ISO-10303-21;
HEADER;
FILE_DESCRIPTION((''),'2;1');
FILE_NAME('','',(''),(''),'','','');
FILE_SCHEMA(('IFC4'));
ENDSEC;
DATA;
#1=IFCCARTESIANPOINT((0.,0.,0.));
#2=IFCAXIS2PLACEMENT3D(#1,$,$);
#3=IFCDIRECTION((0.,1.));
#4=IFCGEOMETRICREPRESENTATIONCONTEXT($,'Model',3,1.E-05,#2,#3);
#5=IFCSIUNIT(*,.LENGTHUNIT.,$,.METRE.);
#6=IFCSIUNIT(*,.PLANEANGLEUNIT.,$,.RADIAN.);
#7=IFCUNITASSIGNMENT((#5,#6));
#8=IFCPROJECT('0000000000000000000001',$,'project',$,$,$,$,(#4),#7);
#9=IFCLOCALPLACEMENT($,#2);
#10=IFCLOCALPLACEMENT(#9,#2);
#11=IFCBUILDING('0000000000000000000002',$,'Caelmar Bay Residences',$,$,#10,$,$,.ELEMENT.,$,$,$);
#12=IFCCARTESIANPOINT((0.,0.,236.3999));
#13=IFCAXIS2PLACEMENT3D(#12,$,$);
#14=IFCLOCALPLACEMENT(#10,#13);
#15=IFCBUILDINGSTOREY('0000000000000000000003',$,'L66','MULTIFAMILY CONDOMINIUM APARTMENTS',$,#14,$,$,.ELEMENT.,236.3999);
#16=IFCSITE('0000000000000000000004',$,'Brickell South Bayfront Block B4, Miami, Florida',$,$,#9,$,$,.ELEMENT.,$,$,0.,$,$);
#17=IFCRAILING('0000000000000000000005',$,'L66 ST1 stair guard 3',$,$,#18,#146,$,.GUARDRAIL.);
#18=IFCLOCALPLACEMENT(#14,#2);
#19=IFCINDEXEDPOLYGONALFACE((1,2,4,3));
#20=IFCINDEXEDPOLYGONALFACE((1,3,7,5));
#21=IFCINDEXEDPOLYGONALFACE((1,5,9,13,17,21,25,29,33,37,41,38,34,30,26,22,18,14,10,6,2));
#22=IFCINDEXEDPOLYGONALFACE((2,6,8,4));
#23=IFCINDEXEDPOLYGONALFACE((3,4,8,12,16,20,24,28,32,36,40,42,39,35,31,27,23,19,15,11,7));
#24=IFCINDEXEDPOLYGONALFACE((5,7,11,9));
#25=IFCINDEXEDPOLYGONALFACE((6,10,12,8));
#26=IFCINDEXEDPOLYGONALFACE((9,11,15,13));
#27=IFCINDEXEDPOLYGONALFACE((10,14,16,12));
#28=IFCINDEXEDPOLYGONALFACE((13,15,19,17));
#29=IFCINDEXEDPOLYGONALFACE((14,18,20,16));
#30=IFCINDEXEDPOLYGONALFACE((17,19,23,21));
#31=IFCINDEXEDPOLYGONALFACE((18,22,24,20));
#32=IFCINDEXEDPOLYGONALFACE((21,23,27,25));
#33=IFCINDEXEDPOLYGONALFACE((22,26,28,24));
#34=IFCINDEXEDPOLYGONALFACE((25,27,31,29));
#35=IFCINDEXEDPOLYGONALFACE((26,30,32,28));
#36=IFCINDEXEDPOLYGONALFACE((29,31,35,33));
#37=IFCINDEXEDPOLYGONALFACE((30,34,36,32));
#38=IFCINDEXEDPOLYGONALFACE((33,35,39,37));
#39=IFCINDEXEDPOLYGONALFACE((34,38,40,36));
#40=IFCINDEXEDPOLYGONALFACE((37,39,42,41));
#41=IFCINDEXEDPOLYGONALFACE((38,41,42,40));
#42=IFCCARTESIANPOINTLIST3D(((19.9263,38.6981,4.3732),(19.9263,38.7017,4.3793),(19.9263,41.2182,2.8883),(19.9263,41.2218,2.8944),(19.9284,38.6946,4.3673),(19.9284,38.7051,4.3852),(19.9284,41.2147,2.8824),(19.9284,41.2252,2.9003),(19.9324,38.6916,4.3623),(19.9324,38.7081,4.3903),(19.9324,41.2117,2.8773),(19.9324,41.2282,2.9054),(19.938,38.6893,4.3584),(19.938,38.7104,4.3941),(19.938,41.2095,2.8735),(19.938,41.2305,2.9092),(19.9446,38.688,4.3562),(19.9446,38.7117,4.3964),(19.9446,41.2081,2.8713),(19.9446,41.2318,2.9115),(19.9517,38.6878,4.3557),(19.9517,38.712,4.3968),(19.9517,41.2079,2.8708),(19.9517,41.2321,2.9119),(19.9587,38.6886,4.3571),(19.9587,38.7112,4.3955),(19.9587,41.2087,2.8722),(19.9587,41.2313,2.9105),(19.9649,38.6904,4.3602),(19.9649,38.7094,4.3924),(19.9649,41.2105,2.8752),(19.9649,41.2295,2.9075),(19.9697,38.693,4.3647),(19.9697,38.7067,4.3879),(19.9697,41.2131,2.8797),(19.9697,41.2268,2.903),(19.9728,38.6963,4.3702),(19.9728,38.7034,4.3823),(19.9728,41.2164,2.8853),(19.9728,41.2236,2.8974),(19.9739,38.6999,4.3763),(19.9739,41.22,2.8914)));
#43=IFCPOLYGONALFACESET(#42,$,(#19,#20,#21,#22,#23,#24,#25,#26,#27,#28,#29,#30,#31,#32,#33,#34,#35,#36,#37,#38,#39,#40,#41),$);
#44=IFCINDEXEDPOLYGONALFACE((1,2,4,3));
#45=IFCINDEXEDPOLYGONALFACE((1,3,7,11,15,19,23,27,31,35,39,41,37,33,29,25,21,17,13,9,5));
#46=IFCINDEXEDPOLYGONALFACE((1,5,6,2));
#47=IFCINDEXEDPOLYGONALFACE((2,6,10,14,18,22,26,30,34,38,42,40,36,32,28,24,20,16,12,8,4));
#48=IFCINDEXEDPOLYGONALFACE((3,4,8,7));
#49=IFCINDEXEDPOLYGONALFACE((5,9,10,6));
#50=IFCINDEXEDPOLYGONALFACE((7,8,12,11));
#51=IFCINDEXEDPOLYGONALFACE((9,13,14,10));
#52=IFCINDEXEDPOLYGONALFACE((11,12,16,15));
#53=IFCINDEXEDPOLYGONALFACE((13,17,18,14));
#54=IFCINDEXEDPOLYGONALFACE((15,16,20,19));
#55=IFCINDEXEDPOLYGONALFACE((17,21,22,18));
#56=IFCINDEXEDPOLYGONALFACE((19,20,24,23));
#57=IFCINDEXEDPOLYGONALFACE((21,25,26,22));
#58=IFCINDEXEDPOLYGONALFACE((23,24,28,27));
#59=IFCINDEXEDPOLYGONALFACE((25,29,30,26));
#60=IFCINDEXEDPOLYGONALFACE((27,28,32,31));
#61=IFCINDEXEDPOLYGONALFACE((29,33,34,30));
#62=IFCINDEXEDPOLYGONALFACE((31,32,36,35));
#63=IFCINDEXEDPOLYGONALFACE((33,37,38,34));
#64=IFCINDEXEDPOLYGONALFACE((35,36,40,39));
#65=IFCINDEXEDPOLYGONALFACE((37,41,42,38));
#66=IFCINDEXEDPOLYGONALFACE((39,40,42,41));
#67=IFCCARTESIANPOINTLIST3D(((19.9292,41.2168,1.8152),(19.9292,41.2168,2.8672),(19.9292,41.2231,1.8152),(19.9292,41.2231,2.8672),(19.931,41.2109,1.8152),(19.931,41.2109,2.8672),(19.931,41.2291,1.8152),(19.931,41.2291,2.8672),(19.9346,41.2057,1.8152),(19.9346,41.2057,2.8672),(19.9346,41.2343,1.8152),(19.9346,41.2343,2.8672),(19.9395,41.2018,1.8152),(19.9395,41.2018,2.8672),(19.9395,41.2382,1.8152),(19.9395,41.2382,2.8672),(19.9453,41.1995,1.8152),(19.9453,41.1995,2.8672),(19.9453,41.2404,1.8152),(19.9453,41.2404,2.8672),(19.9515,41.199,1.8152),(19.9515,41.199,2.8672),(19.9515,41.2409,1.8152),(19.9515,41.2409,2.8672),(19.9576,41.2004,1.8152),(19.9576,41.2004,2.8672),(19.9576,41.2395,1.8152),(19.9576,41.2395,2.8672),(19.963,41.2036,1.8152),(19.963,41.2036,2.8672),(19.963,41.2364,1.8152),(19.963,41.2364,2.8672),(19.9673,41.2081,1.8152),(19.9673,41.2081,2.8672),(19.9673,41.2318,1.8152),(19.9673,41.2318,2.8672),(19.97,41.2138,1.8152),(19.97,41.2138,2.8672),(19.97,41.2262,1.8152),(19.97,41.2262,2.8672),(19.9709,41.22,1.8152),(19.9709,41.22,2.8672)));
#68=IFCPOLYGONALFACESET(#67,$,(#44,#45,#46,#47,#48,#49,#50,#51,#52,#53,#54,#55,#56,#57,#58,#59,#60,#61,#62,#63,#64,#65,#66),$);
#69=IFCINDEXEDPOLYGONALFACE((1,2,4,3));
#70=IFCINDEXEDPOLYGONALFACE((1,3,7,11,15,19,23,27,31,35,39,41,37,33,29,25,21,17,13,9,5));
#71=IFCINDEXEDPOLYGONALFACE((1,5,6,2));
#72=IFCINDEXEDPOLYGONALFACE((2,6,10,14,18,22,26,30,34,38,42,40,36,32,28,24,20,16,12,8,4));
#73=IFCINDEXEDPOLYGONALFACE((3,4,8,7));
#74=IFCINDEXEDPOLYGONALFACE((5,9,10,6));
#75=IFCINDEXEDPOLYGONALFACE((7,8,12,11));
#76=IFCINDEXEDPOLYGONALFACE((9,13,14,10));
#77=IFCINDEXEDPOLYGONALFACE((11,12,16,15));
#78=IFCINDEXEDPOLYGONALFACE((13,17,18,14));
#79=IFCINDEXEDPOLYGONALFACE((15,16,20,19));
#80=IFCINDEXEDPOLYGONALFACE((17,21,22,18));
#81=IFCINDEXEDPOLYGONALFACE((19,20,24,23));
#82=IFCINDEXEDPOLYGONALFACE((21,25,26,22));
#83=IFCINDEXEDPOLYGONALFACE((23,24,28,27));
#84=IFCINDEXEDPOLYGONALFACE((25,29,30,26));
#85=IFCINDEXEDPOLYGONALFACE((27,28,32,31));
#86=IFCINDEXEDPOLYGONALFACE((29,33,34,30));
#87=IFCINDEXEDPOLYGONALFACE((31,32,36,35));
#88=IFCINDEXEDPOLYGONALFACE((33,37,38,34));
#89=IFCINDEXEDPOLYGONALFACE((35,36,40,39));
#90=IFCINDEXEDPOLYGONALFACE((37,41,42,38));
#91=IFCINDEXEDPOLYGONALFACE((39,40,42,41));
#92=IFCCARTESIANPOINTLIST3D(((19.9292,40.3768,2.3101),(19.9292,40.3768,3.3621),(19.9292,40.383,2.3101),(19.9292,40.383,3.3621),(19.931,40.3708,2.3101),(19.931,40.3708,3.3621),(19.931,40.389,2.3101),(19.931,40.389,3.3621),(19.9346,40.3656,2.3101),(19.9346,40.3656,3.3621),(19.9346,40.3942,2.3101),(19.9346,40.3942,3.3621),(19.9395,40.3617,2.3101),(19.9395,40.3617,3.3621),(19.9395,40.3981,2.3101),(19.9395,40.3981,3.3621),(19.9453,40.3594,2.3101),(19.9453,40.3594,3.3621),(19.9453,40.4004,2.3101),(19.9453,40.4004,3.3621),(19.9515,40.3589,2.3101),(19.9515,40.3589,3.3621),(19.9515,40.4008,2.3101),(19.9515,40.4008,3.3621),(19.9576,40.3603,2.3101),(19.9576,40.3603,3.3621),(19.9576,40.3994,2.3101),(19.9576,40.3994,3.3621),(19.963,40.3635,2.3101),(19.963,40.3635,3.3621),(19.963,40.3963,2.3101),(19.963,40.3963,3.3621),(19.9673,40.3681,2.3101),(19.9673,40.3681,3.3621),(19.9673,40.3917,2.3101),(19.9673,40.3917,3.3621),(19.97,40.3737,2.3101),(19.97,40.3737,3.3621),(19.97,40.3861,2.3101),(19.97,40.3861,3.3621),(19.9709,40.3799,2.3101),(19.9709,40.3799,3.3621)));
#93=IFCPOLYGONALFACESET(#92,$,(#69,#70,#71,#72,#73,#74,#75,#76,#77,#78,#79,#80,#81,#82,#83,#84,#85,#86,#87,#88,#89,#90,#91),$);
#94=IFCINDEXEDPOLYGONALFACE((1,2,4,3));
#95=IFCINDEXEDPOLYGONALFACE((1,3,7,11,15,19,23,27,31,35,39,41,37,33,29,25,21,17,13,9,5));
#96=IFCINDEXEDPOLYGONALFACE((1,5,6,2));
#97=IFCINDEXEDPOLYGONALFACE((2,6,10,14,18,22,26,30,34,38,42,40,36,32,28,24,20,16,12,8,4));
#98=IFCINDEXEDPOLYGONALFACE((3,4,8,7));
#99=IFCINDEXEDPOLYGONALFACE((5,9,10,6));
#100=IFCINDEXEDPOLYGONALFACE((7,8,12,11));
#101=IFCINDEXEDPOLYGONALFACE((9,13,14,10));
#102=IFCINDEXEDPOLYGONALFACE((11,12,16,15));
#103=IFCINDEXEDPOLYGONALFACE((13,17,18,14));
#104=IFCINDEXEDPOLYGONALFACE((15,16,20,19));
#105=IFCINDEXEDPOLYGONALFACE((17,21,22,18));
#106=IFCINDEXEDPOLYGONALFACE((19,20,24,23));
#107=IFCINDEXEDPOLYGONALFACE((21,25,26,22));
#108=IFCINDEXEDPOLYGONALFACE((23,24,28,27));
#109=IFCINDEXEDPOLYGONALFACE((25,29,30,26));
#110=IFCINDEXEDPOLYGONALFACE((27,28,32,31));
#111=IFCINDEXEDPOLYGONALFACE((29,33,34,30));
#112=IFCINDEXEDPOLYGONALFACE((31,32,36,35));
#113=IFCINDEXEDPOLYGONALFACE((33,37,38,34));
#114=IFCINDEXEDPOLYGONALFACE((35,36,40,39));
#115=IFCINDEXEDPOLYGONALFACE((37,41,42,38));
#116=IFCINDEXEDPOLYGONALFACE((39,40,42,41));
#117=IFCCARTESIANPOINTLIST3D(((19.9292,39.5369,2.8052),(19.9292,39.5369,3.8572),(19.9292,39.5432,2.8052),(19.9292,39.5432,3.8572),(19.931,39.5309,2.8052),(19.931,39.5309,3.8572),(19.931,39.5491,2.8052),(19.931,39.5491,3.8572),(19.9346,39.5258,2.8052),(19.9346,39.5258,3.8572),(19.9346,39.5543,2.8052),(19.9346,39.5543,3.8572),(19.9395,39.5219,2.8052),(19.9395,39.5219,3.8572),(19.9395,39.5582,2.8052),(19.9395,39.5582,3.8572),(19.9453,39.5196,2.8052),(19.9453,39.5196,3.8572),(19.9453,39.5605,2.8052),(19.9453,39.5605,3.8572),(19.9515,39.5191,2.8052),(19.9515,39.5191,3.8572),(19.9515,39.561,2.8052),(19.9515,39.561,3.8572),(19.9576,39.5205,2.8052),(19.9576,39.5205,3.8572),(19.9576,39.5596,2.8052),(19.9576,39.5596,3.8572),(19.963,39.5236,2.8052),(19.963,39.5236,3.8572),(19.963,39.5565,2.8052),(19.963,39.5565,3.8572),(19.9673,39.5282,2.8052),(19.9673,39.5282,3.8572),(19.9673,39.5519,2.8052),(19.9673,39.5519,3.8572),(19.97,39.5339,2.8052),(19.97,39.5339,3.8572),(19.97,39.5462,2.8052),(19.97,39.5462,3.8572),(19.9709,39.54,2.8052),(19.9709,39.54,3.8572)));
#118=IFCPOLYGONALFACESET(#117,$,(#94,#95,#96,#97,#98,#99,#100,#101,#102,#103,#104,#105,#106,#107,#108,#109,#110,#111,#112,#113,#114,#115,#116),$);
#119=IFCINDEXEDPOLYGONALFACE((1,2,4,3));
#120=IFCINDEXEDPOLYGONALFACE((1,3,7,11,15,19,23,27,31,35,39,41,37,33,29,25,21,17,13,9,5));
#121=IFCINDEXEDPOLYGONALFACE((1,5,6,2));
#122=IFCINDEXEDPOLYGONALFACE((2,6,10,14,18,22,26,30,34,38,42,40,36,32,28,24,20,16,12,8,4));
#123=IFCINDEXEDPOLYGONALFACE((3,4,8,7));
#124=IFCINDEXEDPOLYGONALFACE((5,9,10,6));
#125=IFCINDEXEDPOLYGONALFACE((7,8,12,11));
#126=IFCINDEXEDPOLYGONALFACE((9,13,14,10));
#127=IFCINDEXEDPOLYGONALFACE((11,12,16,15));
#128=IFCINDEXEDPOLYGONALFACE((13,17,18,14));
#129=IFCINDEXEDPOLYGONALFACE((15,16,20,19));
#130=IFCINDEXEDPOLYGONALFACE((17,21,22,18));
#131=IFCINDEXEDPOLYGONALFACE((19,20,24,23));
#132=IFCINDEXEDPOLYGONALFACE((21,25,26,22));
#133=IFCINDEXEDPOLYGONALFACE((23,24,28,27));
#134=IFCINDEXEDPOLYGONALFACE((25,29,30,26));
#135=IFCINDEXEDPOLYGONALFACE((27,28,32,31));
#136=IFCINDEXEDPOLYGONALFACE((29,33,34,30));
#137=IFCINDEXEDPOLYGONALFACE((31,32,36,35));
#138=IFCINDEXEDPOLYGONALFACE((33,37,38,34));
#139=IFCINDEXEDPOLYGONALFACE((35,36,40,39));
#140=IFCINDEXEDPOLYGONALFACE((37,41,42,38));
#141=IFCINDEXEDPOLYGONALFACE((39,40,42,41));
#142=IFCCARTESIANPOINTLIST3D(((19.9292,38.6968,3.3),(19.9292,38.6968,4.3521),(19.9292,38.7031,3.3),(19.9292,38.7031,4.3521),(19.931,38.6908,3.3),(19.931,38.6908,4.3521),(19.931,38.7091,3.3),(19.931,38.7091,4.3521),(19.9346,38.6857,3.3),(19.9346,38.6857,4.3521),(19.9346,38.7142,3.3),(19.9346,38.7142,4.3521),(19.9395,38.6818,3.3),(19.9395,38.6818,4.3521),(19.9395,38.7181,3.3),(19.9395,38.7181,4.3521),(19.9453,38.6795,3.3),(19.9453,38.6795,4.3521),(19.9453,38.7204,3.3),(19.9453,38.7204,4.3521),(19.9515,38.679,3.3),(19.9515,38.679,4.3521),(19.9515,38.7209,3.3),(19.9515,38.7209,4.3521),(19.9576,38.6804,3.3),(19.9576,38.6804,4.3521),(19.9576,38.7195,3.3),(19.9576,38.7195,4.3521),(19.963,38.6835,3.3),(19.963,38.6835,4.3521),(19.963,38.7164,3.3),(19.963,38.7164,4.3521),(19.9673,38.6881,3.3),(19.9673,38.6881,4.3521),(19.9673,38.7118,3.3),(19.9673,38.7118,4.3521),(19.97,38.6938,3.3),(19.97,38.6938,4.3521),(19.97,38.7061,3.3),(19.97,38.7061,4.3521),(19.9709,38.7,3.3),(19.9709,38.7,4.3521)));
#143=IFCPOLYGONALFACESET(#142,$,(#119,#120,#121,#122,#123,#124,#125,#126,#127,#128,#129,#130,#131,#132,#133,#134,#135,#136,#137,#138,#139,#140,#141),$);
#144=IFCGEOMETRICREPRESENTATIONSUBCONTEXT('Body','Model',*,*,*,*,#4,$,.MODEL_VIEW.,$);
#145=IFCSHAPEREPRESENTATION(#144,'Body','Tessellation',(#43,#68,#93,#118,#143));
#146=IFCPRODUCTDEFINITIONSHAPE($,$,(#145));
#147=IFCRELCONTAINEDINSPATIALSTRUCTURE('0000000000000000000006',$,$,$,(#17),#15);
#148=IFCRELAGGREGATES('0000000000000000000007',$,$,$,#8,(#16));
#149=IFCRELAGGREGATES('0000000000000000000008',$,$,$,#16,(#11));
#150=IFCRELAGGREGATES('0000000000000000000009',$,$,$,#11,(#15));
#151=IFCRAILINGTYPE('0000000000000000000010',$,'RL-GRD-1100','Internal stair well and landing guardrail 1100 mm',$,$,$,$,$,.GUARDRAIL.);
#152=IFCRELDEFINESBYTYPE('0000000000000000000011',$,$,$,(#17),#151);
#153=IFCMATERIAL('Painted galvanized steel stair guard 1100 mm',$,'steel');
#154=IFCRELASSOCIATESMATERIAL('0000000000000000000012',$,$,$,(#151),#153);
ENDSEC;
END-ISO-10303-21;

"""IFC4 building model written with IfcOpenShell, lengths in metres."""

from ifc_helpers import new_model, si_unit, direction, frame, origin, origin_2d, place, context, subcontext, project, spatial, circle, extrude, material, type_object, element, save


model = new_model("IFC4")

# Units and contexts
model_context = context("Model", 3, precision=1e-05, world=origin(), true_north=direction((0.0, 1.0)))
body_context = subcontext(model_context, "Body", "Model", "MODEL_VIEW")
ifc_project = project(units=[si_unit("LENGTHUNIT", "METRE"), si_unit("PLANEANGLEUNIT", "RADIAN")], contexts=[model_context])

# Site, building, storey
site_placement = place(None, origin())
site = spatial("IfcSite", under=ifc_project, at=site_placement, Name="Brickell South Bayfront Block B4, Miami, Florida", CompositionType="ELEMENT", RefElevation=0.0)
building_placement = place(site_placement, origin())
building = spatial("IfcBuilding", under=site, at=building_placement, Name="Caelmar Bay Residences", CompositionType="ELEMENT")
storey_placement = place(building_placement, frame((0.0, 0.0, 236.3999)))
storey = spatial("IfcBuildingStorey", under=building, at=storey_placement, Name="L66", Description="MULTIFAMILY CONDOMINIUM APARTMENTS", CompositionType="ELEMENT", Elevation=236.3999)

# Railing
ifc_material_1 = material(Name="Painted galvanized steel stair guard 1100 mm", Category="steel")
railing_type_1 = type_object("IfcRailingType", Name="RL-GRD-1100", Description="Internal stair well and landing guardrail 1100 mm", PredefinedType="GUARDRAIL", material=ifc_material_1)
railing_1_placement = place(storey_placement, frame((19.95, 41.22, 1.8152)))
element("IfcRailing", 1, at=railing_1_placement, inside=storey, type_object=railing_type_1, Name="L66 ST1 stair guard 3", PredefinedType="GUARDRAIL", context=body_context, shape_type="SweptSolid", body=[
    extrude(circle(Radius=0.0239, at=origin_2d()), frame((0.0, 0.0, 1.0762), z_axis=(0.0, -0.861561, 0.507655), x_axis=(1.0, 0.0, 0.0)), (0.0, 0.0, 1.0), 2.925),
    extrude(circle(Radius=0.021, at=origin_2d()), origin(), (0.0, 0.0, 1.0), 1.052),
    extrude(circle(Radius=0.021, at=origin_2d()), frame((0.0, -0.8401, 0.4949)), (0.0, 0.0, 1.0), 1.052),
    extrude(circle(Radius=0.021, at=origin_2d()), frame((0.0, -1.6799, 0.99)), (0.0, 0.0, 1.0), 1.052),
    extrude(circle(Radius=0.021, at=origin_2d()), frame((0.0, -2.52, 1.4849)), (0.0, 0.0, 1.0), 1.052),
])

save(model, "model.ifc")
